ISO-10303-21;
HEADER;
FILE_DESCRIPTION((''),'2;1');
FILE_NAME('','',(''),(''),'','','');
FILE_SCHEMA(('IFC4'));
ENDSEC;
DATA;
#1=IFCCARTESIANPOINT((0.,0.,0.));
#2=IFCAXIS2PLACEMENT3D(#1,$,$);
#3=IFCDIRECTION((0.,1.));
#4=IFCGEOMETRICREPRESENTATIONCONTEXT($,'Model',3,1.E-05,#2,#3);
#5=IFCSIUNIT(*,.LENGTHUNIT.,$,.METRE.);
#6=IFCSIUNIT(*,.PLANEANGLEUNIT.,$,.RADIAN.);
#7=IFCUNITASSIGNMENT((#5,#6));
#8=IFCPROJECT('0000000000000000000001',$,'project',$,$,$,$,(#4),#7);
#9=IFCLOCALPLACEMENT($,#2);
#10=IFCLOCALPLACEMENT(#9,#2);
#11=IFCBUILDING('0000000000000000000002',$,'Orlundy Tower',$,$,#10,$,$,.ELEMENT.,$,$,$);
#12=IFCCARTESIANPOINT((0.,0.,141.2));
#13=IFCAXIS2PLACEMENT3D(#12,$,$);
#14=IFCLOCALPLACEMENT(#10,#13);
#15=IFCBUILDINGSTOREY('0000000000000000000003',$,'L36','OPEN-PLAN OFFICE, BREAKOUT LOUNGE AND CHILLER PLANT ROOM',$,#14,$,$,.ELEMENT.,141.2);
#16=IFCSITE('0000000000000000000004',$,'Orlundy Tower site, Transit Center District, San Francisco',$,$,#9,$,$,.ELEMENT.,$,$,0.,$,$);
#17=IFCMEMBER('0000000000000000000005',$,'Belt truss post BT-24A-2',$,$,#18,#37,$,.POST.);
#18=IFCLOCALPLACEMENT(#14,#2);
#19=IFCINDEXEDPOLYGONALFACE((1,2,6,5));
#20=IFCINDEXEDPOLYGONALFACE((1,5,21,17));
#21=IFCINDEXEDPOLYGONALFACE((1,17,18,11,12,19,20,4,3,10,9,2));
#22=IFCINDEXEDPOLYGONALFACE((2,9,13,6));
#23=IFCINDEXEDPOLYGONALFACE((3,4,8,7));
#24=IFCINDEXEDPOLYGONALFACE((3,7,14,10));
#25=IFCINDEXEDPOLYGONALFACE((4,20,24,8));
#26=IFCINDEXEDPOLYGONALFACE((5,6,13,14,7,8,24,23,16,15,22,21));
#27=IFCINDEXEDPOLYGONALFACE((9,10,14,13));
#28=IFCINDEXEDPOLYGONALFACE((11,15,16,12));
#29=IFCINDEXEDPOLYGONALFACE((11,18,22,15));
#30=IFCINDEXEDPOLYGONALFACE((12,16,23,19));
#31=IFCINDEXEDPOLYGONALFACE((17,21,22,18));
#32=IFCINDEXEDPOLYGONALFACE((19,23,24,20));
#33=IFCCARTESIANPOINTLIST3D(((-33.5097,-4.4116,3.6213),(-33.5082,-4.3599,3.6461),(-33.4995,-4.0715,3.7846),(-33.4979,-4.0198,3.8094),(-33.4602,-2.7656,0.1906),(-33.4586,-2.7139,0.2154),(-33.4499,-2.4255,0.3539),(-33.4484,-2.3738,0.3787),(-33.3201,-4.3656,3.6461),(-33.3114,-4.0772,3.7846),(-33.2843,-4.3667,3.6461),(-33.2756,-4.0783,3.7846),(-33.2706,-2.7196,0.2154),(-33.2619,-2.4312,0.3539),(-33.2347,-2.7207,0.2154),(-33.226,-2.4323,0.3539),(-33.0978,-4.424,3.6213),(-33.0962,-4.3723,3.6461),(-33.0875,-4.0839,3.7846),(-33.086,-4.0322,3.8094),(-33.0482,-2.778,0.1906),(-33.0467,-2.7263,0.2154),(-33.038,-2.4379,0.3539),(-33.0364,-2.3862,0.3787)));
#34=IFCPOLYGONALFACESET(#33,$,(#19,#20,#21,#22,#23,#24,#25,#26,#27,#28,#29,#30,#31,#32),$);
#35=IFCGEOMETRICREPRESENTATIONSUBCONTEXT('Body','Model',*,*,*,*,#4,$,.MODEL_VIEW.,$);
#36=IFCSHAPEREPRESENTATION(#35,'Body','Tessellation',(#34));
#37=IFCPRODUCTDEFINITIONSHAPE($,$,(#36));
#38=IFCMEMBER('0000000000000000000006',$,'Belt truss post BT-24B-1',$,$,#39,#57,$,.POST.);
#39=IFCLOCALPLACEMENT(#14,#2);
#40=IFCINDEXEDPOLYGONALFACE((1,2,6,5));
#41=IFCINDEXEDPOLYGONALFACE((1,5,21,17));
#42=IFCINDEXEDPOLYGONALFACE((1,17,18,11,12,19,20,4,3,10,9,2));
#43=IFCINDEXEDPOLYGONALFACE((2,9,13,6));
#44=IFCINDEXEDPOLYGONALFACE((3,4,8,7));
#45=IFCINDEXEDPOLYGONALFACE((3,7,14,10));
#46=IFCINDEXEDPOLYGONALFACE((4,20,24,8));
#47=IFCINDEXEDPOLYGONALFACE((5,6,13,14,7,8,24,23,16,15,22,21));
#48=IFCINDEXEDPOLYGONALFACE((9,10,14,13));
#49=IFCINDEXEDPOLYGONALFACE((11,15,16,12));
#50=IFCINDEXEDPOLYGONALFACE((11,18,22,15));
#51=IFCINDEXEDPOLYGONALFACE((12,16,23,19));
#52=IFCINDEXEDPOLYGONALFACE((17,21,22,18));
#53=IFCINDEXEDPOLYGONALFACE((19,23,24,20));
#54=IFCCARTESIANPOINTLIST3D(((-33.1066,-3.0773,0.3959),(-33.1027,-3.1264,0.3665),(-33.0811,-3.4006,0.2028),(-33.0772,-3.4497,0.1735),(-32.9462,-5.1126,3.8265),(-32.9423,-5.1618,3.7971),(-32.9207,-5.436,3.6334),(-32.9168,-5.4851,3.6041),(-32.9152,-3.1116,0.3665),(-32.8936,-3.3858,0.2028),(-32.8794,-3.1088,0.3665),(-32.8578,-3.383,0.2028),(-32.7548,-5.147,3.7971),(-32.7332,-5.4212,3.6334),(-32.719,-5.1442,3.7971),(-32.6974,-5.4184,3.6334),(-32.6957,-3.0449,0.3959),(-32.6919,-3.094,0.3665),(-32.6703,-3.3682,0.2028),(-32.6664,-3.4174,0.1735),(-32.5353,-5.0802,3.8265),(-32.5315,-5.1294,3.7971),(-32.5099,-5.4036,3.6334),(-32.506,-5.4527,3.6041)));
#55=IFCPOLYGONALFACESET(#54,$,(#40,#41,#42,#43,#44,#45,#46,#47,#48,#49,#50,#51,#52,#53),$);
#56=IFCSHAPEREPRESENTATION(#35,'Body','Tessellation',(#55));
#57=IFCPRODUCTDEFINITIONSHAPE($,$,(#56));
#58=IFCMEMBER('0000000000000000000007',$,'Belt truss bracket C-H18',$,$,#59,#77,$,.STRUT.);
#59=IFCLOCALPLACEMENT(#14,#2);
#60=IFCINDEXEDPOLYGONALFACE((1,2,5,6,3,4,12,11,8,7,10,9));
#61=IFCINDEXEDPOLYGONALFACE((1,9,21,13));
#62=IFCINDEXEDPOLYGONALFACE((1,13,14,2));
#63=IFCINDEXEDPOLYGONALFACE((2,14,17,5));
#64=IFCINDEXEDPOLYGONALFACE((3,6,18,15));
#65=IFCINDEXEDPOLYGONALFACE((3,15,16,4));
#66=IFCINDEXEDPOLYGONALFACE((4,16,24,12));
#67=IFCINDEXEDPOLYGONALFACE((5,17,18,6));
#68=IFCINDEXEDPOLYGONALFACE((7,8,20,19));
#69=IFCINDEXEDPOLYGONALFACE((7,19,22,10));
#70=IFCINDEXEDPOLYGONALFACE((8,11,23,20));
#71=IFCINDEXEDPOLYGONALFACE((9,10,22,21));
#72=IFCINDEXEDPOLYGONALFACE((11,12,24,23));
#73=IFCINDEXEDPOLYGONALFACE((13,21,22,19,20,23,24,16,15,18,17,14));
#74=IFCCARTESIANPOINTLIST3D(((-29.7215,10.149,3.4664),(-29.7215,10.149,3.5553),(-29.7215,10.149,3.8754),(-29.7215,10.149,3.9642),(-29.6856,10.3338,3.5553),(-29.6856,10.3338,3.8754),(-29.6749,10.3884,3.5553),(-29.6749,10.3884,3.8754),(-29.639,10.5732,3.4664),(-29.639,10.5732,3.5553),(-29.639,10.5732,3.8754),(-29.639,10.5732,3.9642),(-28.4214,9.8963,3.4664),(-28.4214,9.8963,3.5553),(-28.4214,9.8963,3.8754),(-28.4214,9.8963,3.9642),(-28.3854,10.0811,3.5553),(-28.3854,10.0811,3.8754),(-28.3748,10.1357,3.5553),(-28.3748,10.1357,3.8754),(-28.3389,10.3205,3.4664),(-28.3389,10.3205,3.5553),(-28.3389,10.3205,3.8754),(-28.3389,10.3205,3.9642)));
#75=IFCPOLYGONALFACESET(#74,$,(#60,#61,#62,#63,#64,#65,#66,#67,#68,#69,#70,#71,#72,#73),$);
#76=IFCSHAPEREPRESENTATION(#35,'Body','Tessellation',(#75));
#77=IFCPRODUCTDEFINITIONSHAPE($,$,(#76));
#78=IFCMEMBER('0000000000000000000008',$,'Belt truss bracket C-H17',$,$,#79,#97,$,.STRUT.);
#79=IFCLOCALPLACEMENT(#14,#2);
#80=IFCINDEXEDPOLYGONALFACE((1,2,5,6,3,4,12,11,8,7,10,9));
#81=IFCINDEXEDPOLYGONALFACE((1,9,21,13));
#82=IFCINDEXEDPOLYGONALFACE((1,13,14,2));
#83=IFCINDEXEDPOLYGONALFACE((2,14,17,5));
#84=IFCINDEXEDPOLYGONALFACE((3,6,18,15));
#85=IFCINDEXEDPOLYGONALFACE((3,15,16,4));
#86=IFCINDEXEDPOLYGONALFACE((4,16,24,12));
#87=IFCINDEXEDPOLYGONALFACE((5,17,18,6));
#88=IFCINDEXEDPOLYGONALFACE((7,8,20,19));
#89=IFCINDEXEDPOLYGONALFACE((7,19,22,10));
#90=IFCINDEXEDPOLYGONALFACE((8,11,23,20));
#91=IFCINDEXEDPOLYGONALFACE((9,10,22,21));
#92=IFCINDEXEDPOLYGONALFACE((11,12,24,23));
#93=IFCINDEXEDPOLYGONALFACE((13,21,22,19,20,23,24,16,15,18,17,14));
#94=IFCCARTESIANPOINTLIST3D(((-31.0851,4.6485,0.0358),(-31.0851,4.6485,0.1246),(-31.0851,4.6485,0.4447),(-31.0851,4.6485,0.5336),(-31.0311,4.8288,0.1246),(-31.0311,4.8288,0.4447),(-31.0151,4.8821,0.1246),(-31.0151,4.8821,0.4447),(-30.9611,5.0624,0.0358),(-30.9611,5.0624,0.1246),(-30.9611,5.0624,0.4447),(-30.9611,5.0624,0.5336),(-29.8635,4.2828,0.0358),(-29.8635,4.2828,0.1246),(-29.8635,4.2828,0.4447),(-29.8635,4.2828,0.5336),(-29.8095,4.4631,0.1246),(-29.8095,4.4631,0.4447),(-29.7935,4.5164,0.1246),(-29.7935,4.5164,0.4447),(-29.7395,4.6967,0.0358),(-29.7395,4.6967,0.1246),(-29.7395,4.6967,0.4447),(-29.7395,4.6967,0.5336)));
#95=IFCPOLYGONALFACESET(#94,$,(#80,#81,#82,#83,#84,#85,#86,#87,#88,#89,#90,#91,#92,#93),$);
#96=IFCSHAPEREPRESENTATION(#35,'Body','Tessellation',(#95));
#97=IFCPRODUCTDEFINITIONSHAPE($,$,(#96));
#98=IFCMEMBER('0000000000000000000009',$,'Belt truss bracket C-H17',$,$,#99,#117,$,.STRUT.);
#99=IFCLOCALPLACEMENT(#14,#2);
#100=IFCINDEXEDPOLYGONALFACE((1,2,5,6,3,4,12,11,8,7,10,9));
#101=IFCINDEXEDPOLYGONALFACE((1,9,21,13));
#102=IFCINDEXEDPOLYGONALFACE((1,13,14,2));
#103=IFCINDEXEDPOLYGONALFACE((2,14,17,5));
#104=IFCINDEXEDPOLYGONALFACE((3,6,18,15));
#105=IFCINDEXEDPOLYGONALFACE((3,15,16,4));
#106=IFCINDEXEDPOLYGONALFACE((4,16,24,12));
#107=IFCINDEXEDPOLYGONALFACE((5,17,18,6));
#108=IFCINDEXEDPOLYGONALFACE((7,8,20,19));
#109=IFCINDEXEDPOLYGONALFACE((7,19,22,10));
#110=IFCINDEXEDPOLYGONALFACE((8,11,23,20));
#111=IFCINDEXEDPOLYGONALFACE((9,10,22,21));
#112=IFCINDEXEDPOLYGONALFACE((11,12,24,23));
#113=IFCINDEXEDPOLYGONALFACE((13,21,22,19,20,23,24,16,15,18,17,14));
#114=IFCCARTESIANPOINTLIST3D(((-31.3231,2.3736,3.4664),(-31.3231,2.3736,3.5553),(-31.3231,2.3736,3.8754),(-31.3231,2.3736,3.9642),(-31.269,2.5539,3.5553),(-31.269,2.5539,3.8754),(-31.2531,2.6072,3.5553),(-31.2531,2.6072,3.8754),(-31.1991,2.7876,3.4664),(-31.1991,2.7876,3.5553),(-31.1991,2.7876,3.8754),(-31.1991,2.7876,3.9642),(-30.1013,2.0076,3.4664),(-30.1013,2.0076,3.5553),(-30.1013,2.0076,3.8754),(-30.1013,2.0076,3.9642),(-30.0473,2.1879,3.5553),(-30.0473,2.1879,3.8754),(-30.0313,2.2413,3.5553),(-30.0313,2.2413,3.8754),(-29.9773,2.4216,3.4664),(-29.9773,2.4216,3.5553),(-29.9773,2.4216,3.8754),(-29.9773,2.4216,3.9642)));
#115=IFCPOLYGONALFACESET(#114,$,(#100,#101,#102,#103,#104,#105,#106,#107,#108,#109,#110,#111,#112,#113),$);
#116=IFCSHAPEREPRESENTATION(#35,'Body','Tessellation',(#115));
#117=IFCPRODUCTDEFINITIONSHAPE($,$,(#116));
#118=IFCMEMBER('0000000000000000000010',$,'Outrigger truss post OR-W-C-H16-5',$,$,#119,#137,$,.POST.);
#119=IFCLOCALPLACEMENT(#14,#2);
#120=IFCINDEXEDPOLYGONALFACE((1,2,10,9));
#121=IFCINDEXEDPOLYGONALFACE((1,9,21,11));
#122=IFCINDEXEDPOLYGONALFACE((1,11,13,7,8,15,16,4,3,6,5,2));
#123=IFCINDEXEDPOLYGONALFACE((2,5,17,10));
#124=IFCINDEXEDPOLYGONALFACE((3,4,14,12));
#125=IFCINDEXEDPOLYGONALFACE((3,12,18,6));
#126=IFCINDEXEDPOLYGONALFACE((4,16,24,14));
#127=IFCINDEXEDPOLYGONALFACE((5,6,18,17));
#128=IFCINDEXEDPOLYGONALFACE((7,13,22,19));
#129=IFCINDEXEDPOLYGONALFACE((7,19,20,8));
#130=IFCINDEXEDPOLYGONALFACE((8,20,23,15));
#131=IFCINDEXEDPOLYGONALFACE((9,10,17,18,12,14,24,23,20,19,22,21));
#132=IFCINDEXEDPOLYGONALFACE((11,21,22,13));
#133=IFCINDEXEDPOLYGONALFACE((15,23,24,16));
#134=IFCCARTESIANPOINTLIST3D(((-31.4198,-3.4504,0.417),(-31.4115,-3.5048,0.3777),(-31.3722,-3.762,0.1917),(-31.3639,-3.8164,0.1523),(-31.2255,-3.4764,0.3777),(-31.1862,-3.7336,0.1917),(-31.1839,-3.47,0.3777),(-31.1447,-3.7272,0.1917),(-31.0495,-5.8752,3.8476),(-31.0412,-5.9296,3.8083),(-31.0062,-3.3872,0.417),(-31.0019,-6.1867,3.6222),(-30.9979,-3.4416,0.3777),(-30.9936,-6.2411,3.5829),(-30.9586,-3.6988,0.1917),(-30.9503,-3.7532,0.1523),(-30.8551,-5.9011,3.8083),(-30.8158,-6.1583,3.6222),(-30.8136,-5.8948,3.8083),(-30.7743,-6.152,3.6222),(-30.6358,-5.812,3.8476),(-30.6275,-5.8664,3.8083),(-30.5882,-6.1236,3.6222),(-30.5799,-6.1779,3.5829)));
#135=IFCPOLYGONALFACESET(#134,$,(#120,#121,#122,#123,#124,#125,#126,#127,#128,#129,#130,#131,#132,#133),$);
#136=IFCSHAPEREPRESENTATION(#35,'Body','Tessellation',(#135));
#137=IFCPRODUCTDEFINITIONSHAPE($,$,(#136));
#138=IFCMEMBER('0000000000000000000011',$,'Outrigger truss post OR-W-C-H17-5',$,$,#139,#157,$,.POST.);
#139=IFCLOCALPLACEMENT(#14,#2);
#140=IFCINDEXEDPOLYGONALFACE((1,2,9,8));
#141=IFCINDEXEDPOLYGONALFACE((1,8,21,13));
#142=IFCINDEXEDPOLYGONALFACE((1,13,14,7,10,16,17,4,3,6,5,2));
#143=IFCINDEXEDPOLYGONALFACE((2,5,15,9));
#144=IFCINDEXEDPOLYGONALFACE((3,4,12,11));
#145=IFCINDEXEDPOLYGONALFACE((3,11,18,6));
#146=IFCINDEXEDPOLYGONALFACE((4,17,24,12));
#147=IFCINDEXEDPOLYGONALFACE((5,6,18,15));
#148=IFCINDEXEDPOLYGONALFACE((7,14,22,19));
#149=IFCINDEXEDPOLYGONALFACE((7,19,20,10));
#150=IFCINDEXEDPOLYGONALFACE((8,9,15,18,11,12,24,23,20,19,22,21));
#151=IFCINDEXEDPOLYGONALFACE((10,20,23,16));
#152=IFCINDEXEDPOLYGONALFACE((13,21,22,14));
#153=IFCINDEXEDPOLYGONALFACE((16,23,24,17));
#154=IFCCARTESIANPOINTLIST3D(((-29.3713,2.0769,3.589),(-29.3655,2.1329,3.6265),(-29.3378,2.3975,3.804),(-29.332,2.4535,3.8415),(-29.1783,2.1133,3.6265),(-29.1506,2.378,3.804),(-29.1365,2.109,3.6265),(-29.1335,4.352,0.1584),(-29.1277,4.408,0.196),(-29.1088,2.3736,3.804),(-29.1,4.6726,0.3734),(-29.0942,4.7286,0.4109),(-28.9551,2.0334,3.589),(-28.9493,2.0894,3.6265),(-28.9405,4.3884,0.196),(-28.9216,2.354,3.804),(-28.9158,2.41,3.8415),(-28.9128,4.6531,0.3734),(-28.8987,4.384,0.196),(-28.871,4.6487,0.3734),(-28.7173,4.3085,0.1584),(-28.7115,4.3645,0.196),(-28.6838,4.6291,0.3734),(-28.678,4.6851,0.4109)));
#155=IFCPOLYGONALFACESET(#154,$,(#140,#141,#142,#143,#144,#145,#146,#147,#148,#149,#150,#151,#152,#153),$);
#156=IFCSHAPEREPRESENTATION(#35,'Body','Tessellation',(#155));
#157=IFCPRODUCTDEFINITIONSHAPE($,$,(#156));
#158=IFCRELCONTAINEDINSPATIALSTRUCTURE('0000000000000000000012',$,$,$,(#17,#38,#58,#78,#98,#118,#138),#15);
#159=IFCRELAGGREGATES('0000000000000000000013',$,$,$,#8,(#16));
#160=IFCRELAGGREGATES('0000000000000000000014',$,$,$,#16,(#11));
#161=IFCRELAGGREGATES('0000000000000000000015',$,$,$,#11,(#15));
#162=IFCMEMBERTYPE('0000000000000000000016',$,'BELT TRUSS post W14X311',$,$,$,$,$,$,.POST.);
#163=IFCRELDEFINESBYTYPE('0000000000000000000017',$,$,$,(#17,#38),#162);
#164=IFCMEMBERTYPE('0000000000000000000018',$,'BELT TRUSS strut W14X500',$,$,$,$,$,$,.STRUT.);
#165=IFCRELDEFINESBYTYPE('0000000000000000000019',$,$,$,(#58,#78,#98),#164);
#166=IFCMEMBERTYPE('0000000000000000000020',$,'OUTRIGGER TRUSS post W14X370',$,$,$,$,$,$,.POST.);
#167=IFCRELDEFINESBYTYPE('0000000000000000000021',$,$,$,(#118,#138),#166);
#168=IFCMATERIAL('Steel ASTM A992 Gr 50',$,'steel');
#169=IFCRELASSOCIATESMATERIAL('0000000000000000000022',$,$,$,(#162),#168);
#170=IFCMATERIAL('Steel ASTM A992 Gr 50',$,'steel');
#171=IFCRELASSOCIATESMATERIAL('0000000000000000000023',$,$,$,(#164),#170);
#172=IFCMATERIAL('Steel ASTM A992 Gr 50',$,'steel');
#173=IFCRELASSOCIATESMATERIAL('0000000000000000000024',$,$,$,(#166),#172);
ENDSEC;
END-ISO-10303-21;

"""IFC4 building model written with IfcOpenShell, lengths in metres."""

from ifc_helpers import new_model, si_unit, direction, frame, origin, origin_2d, place, context, subcontext, project, spatial, i_section, extrude, material, material_profile, profile_set, type_object, element, save


model = new_model("IFC4")

# Units and contexts
model_context = context("Model", 3, precision=1e-05, world=origin(), true_north=direction((0.0, 1.0)))
body_context = subcontext(model_context, "Body", "Model", "MODEL_VIEW")
ifc_project = project(units=[si_unit("LENGTHUNIT", "METRE"), si_unit("PLANEANGLEUNIT", "RADIAN")], contexts=[model_context])

# Site, building, storey
site_placement = place(None, origin())
site = spatial("IfcSite", under=ifc_project, at=site_placement, Name="Orlundy Tower site, Transit Center District, San Francisco", CompositionType="ELEMENT", RefElevation=0.0)
building_placement = place(site_placement, origin())
building = spatial("IfcBuilding", under=site, at=building_placement, Name="Orlundy Tower", CompositionType="ELEMENT")
storey_placement = place(building_placement, frame((0.0, 0.0, 141.2)))
storey = spatial("IfcBuildingStorey", under=building, at=storey_placement, Name="L36", Description="OPEN-PLAN OFFICE, BREAKOUT LOUNGE AND CHILLER PLANT ROOM", CompositionType="ELEMENT", Elevation=141.2)

# Members
ifc_material_1 = material(Name="Steel ASTM A992 Gr 50", Category="steel")
ifc_material_profile_1 = material_profile(ifc_material_1, i_section(OverallWidth=0.4121, OverallDepth=0.4348, WebThickness=0.0359, FlangeThickness=0.0574, at=origin_2d()), Name="W14X311")
ifc_profile_set_1 = profile_set([ifc_material_profile_1], Name="Steel ASTM A992 Gr 50")
member_type_1 = type_object("IfcMemberType", Name="BELT TRUSS post W14X311", PredefinedType="POST", material=ifc_profile_set_1)
member_1_placement = place(storey_placement, frame((-33.2483, -2.5759, 0.2847), z_axis=(-0.013024, -0.43254, 0.901521), x_axis=(0.999547, -0.030096, 0.0)))
element("IfcMember", 1, at=member_1_placement, inside=storey, type_object=member_type_1, Name="Belt truss post BT-24A-2", PredefinedType="POST", context=body_context, shape_type="SweptSolid", body=[
    extrude(i_section(OverallWidth=0.4121, OverallDepth=0.4348, WebThickness=0.0359, FlangeThickness=0.0574, at=origin_2d()), origin(), (0.0, 0.0, 1.0), 3.8054),
])
member_2_placement = place(storey_placement, frame((-32.8865, -3.2473, 0.2847), z_axis=(0.040178, -0.509838, 0.859332), x_axis=(0.996909, 0.078562, 0.0)))
element("IfcMember", 2, at=member_2_placement, inside=storey, type_object=member_type_1, Name="Belt truss post BT-24B-1", PredefinedType="POST", context=body_context, shape_type="SweptSolid", body=[
    extrude(i_section(OverallWidth=0.4121, OverallDepth=0.4348, WebThickness=0.0359, FlangeThickness=0.0574, at=origin_2d()), origin(), (0.0, 0.0, 1.0), 3.9922),
])
ifc_material_2 = material(Name="Steel ASTM A992 Gr 50", Category="steel")
ifc_material_profile_2 = material_profile(ifc_material_2, i_section(OverallWidth=0.4321, OverallDepth=0.4978, WebThickness=0.0557, FlangeThickness=0.0889, at=origin_2d()), Name="W14X500")
ifc_profile_set_2 = profile_set([ifc_material_profile_2], Name="Steel ASTM A992 Gr 50")
member_type_2 = type_object("IfcMemberType", Name="BELT TRUSS strut W14X500", PredefinedType="STRUT", material=ifc_profile_set_2)
member_3_placement = place(storey_placement, frame((-28.3801, 10.1084, 3.7153), z_axis=(-0.98163, 0.190796, 0.0), x_axis=(-0.190796, -0.98163, 0.0)))
element("IfcMember", 3, at=member_3_placement, inside=storey, type_object=member_type_2, Name="Belt truss bracket C-H18", PredefinedType="STRUT", context=body_context, shape_type="SweptSolid", body=[
    extrude(i_section(OverallWidth=0.4321, OverallDepth=0.4978, WebThickness=0.0557, FlangeThickness=0.0889, at=origin_2d()), origin(), (0.0, 0.0, 1.0), 1.3245),
])
member_4_placement = place(storey_placement, frame((-29.8015, 4.4897, 0.2847), z_axis=(-0.957995, 0.286786, 0.0), x_axis=(-0.286786, -0.957995, 0.0)))
element("IfcMember", 4, at=member_4_placement, inside=storey, type_object=member_type_2, Name="Belt truss bracket C-H17", PredefinedType="STRUT", context=body_context, shape_type="SweptSolid", body=[
    extrude(i_section(OverallWidth=0.4321, OverallDepth=0.4978, WebThickness=0.0557, FlangeThickness=0.0889, at=origin_2d()), origin(), (0.0, 0.0, 1.0), 1.2751),
])
member_5_placement = place(storey_placement, frame((-30.0393, 2.2146, 3.7153), z_axis=(-0.957942, 0.286961, 0.0), x_axis=(-0.286961, -0.957942, 0.0)))
element("IfcMember", 5, at=member_5_placement, inside=storey, type_object=member_type_2, Name="Belt truss bracket C-H17", PredefinedType="STRUT", context=body_context, shape_type="SweptSolid", body=[
    extrude(i_section(OverallWidth=0.4321, OverallDepth=0.4978, WebThickness=0.0557, FlangeThickness=0.0889, at=origin_2d()), origin(), (0.0, 0.0, 1.0), 1.2754),
])
ifc_material_3 = material(Name="Steel ASTM A992 Gr 50", Category="steel")
ifc_material_profile_3 = material_profile(ifc_material_3, i_section(OverallWidth=0.4185, OverallDepth=0.4551, WebThickness=0.042, FlangeThickness=0.0676, at=origin_2d()), Name="W14X370")
ifc_profile_set_3 = profile_set([ifc_material_profile_3], Name="Steel ASTM A992 Gr 50")
member_type_3 = type_object("IfcMemberType", Name="OUTRIGGER TRUSS post W14X370", PredefinedType="POST", material=ifc_profile_set_3)
member_6_placement = place(storey_placement, frame((-31.1851, -3.6018, 0.2847), z_axis=(0.087818, -0.574955, 0.813458), x_axis=(0.988536, 0.150988, 0.0)))
element("IfcMember", 6, at=member_6_placement, inside=storey, type_object=member_type_3, Name="Outrigger truss post OR-W-C-H16-5", PredefinedType="POST", context=body_context, shape_type="SweptSolid", body=[
    extrude(i_section(OverallWidth=0.4185, OverallDepth=0.4551, WebThickness=0.042, FlangeThickness=0.0676, at=origin_2d()), origin(), (0.0, 0.0, 1.0), 4.2173),
])
member_7_placement = place(storey_placement, frame((-28.9058, 4.5186, 0.2847), z_axis=(-0.057669, -0.551767, 0.832002), x_axis=(0.994582, -0.103951, 0.0)))
element("IfcMember", 7, at=member_7_placement, inside=storey, type_object=member_type_3, Name="Outrigger truss post OR-W-C-H17-5", PredefinedType="POST", context=body_context, shape_type="SweptSolid", body=[
    extrude(i_section(OverallWidth=0.4185, OverallDepth=0.4551, WebThickness=0.042, FlangeThickness=0.0676, at=origin_2d()), origin(), (0.0, 0.0, 1.0), 4.1233),
])

save(model, "model.ifc")
